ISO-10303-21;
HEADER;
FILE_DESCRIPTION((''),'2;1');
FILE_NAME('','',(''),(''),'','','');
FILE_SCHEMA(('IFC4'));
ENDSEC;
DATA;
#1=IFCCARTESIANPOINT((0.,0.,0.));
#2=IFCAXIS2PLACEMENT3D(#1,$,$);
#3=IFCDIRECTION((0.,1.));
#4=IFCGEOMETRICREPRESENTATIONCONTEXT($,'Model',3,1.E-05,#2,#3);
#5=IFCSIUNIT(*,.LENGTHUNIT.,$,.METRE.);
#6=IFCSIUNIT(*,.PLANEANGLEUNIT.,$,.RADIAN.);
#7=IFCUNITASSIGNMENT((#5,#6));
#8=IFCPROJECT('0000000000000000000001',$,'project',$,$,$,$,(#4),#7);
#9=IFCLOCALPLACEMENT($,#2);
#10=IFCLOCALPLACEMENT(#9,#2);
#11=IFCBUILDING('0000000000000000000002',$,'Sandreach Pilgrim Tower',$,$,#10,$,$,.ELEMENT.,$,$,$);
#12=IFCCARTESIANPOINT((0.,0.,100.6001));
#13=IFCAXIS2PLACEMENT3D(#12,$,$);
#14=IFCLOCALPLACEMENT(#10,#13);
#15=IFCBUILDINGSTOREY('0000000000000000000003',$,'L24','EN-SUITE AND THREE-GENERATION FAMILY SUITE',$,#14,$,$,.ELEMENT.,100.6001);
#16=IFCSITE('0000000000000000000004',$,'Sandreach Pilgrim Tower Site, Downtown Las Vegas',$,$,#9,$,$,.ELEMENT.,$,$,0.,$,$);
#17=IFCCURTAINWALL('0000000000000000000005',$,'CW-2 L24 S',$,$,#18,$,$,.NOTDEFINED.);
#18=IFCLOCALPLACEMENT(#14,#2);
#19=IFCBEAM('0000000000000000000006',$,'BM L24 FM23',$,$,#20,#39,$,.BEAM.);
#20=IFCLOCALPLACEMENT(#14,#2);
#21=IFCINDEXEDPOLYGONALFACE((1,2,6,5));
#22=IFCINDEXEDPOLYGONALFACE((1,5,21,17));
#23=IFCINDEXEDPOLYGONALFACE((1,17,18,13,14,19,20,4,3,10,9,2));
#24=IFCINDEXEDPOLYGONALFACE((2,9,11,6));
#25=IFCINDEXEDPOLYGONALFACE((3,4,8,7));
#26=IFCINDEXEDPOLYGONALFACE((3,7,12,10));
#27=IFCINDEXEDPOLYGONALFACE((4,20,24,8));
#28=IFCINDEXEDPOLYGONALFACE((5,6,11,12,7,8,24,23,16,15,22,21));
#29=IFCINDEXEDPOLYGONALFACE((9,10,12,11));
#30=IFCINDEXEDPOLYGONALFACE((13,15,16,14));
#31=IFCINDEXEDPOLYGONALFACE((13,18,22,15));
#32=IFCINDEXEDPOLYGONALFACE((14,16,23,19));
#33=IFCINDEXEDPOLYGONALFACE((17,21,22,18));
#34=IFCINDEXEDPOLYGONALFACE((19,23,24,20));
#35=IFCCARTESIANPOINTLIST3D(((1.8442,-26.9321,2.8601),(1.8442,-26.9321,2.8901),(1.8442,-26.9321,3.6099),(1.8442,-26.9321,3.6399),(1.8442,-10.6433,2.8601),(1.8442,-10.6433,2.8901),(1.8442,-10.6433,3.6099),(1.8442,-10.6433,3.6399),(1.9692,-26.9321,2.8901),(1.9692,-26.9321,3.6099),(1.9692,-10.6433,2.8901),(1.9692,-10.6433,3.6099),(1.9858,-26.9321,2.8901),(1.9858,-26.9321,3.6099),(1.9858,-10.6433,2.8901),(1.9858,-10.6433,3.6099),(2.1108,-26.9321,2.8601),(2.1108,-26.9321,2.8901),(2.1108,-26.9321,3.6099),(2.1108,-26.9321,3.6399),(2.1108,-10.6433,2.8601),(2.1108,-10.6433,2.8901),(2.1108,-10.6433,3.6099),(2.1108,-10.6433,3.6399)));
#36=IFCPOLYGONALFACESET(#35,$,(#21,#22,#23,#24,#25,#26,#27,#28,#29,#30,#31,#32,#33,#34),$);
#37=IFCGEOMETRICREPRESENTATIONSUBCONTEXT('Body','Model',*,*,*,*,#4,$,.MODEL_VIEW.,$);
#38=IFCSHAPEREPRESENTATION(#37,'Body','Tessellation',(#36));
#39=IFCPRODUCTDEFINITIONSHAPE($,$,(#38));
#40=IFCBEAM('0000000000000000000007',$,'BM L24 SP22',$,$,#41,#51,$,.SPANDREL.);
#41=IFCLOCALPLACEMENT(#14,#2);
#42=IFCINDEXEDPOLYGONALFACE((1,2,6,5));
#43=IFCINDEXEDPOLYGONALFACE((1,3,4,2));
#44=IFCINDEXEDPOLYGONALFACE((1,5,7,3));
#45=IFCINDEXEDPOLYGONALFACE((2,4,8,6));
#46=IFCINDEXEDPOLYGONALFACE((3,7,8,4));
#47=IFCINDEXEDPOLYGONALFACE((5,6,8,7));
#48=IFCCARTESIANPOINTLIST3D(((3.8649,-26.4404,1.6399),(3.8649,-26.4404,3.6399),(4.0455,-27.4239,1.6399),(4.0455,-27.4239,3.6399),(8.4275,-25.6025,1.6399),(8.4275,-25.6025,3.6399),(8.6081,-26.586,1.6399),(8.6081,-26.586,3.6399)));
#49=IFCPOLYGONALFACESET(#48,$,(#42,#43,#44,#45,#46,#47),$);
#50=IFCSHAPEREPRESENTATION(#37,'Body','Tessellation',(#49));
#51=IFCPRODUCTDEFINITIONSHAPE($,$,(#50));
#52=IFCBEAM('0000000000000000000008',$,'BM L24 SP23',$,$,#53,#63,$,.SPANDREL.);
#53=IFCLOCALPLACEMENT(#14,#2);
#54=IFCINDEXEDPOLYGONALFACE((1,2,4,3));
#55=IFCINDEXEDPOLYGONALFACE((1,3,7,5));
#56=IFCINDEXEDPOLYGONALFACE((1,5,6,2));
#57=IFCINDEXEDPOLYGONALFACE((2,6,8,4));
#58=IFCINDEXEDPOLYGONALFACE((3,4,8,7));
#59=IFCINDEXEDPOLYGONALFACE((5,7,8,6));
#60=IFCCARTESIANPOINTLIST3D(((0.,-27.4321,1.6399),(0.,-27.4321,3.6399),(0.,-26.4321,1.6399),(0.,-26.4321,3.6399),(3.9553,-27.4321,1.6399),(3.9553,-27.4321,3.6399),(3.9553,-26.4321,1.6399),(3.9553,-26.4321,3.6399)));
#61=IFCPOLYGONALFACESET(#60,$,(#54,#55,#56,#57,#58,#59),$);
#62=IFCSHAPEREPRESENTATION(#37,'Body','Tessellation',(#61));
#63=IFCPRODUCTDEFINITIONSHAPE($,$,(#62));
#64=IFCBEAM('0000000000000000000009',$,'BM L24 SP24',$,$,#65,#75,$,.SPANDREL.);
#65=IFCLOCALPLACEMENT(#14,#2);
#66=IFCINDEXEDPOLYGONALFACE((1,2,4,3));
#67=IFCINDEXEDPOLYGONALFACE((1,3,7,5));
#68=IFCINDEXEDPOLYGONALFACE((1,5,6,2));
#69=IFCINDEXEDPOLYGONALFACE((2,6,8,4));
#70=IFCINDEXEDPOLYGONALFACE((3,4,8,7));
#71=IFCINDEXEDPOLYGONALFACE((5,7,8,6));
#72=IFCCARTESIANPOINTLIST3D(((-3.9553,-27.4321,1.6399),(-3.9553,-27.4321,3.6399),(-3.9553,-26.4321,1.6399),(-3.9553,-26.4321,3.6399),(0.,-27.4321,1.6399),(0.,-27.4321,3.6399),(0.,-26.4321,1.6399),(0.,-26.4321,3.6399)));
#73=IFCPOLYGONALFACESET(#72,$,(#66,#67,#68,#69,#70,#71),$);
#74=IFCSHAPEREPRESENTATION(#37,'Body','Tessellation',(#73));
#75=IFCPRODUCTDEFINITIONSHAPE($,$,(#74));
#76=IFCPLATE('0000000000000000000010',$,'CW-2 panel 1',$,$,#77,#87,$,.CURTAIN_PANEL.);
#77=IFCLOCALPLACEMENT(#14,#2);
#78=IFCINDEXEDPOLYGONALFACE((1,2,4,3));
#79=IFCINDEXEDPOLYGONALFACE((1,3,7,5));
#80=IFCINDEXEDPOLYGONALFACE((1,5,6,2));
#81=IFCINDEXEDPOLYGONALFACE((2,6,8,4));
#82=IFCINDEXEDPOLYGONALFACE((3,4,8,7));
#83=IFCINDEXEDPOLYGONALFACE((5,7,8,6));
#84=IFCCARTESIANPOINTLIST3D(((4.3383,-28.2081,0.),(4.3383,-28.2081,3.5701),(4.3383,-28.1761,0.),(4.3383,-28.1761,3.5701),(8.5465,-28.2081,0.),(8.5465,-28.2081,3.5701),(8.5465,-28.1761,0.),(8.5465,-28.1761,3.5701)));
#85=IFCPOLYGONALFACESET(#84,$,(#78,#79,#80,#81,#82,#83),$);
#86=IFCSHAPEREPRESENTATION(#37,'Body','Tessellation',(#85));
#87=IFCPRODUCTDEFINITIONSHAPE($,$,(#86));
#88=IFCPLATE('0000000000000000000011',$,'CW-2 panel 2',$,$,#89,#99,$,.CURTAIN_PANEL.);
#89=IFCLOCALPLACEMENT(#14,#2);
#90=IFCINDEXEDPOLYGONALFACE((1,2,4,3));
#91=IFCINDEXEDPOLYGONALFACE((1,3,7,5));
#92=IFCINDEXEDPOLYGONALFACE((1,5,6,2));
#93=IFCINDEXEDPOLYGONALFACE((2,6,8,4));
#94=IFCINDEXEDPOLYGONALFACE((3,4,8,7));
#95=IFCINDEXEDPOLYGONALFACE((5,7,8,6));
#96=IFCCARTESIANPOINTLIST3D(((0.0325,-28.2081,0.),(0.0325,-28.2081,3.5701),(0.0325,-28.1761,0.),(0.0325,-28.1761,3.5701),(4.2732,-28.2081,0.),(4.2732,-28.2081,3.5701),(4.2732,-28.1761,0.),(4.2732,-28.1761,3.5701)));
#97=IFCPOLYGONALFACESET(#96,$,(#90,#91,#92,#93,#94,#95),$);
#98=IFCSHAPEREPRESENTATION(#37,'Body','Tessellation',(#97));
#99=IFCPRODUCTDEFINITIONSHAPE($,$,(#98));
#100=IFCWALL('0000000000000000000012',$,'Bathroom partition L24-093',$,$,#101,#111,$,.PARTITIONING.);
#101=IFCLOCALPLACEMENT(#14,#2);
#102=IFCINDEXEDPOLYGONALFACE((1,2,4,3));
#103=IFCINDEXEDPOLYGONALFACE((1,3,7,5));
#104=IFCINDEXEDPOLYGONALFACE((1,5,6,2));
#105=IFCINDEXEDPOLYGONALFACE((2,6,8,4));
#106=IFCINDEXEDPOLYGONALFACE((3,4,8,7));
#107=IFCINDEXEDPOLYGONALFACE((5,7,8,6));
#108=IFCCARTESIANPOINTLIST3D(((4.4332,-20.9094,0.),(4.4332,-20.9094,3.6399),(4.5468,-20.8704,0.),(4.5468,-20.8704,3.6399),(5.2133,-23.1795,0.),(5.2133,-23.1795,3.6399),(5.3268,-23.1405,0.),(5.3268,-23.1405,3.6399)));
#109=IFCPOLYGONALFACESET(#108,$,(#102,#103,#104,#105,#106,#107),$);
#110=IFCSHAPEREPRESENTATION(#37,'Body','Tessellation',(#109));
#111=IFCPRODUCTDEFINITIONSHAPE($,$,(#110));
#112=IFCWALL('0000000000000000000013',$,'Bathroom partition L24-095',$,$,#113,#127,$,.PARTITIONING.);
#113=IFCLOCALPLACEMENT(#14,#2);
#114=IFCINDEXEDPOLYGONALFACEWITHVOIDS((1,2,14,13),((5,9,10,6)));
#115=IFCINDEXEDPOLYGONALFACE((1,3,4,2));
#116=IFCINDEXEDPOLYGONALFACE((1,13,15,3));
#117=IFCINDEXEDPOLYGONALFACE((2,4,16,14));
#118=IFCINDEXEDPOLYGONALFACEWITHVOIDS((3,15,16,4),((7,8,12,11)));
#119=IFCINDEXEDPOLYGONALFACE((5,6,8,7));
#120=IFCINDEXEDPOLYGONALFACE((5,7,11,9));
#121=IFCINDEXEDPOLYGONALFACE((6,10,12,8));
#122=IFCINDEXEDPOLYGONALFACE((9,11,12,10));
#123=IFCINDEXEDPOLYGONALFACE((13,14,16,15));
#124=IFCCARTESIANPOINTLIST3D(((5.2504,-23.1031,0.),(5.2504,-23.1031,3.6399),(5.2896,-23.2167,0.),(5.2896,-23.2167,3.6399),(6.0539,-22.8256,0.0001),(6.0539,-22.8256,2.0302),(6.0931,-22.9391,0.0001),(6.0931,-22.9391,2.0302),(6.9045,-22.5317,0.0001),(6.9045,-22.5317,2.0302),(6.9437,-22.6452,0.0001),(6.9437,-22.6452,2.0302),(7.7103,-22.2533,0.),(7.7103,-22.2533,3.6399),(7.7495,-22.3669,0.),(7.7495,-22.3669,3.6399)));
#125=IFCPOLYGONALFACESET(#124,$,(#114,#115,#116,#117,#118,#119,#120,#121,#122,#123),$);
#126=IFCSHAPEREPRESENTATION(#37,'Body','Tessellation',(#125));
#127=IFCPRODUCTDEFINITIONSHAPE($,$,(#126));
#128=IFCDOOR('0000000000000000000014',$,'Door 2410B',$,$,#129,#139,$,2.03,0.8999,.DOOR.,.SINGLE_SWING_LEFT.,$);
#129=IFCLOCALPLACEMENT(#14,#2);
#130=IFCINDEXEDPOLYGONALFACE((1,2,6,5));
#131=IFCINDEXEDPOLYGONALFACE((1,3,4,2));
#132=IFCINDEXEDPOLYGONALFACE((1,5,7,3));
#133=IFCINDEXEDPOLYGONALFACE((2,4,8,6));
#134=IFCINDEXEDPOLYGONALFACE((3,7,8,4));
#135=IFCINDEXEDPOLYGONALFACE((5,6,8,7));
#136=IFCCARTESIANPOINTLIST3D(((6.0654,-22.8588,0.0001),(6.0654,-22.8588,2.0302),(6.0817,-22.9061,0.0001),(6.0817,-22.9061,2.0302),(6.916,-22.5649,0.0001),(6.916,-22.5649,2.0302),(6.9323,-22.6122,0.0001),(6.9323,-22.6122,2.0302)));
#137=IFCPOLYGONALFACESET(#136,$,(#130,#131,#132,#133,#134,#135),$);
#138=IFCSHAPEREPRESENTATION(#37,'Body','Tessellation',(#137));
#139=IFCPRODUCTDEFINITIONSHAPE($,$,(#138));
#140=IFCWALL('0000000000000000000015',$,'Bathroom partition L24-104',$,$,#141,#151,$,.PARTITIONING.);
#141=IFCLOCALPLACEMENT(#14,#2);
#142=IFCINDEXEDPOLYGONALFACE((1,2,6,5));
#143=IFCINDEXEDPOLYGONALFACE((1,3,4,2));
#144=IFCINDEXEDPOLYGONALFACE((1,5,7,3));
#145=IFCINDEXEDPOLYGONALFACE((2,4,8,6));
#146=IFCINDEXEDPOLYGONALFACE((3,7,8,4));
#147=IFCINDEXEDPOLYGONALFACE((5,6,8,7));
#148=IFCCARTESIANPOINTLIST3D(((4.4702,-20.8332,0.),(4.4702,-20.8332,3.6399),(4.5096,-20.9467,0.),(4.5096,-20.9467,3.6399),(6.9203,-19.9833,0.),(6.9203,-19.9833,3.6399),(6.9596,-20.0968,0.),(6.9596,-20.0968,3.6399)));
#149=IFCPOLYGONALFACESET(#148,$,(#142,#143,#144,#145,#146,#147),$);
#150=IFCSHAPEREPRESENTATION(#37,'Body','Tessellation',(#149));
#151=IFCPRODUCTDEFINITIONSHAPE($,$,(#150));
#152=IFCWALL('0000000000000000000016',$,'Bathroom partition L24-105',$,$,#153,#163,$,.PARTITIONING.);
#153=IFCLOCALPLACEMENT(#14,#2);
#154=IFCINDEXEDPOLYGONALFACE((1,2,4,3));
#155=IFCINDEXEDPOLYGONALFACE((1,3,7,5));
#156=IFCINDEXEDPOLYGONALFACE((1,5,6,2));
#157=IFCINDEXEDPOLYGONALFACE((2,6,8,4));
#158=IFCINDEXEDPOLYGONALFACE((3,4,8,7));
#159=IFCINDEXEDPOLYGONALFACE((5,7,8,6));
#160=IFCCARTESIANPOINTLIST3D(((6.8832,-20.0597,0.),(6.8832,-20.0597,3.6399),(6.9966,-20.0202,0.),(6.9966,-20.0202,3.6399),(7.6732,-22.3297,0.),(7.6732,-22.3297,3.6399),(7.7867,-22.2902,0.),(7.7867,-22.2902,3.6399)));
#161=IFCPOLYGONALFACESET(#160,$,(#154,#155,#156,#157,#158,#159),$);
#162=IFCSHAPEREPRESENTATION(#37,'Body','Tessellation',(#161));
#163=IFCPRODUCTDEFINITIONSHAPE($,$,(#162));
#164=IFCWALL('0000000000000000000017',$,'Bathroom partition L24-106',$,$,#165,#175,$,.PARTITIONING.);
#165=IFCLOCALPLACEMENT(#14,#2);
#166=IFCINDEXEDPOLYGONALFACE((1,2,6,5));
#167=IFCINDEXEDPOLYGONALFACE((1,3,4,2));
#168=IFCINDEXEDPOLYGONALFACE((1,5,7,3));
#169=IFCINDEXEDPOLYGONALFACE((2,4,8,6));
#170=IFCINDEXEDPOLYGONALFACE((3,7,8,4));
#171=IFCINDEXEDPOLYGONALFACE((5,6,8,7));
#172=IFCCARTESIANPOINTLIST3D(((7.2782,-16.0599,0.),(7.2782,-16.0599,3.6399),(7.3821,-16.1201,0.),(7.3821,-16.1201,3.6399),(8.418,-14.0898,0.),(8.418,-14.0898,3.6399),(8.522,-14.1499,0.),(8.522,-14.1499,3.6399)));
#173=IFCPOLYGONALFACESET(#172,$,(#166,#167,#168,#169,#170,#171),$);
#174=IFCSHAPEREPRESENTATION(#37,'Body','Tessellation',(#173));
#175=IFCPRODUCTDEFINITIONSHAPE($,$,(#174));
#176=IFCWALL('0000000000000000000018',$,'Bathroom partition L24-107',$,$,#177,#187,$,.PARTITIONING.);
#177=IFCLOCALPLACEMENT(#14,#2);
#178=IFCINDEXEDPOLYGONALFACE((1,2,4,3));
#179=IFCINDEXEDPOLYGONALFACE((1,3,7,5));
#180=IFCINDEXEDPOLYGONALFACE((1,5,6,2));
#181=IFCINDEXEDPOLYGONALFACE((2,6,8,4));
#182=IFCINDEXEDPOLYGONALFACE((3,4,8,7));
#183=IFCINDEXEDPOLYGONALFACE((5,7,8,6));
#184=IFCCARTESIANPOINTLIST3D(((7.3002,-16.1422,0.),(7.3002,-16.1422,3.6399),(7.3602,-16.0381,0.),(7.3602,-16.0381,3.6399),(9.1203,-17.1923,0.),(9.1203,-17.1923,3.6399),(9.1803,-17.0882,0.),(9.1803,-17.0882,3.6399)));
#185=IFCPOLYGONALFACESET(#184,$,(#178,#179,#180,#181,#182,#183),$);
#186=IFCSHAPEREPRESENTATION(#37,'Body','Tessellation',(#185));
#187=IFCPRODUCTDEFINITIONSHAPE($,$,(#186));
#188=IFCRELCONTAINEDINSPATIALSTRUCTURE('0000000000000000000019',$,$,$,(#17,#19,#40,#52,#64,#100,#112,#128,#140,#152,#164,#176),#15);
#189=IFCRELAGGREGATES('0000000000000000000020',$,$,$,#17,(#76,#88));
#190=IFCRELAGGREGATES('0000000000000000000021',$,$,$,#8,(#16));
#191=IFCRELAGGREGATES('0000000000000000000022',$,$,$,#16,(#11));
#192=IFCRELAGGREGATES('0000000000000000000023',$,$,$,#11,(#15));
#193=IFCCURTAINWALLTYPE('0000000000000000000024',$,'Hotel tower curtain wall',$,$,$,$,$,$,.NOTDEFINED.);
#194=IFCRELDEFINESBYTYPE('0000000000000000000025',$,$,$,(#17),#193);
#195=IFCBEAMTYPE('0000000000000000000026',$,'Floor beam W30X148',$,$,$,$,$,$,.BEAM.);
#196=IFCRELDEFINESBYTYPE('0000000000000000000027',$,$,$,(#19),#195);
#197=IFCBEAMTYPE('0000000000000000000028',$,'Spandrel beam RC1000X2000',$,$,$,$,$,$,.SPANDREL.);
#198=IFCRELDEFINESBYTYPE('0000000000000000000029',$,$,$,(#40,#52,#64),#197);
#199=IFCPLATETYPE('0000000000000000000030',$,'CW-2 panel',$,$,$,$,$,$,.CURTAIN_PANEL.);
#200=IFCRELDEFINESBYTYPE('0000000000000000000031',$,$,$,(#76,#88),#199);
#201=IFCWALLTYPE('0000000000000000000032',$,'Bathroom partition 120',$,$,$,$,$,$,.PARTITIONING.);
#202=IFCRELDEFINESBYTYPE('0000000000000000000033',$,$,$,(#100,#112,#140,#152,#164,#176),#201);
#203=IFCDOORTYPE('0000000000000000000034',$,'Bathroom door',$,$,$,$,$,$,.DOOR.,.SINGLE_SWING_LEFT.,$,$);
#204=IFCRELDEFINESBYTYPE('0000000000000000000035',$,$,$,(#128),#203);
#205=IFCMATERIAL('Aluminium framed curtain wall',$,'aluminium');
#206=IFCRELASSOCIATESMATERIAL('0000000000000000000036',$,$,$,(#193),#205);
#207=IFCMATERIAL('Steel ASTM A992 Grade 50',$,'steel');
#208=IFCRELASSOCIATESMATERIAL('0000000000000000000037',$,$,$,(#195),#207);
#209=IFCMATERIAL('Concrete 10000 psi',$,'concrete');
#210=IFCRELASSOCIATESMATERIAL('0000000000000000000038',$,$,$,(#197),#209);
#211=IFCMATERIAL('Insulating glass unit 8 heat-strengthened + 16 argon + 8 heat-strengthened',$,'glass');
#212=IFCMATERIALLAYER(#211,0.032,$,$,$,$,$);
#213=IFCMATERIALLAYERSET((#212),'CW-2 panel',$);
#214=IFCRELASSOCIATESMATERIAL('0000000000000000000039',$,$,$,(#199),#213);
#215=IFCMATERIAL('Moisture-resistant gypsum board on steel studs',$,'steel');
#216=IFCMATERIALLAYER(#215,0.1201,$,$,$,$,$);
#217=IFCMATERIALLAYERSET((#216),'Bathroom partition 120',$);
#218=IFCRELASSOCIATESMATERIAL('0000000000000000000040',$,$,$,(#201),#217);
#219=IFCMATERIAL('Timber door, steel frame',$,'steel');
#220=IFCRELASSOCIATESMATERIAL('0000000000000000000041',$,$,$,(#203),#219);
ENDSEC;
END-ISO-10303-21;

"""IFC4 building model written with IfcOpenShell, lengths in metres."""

from ifc_helpers import new_model, si_unit, direction, frame, frame_2d, origin, origin_2d, place, context, subcontext, project, spatial, rectangle, i_section, extrude, material, layer, layer_set, material_profile, profile_set, type_object, element, fill, aggregate, save


model = new_model("IFC4")

# Units and contexts
model_context = context("Model", 3, precision=1e-05, world=origin(), true_north=direction((0.0, 1.0)))
body_context = subcontext(model_context, "Body", "Model", "MODEL_VIEW")
ifc_project = project(units=[si_unit("LENGTHUNIT", "METRE"), si_unit("PLANEANGLEUNIT", "RADIAN")], contexts=[model_context])

# Site, building, storey
site_placement = place(None, origin())
site = spatial("IfcSite", under=ifc_project, at=site_placement, Name="Sandreach Pilgrim Tower Site, Downtown Las Vegas", CompositionType="ELEMENT", RefElevation=0.0)
building_placement = place(site_placement, origin())
building = spatial("IfcBuilding", under=site, at=building_placement, Name="Sandreach Pilgrim Tower", CompositionType="ELEMENT")
storey_placement = place(building_placement, frame((0.0, 0.0, 100.6001)))
storey = spatial("IfcBuildingStorey", under=building, at=storey_placement, Name="L24", Description="EN-SUITE AND THREE-GENERATION FAMILY SUITE", CompositionType="ELEMENT", Elevation=100.6001)

# Curtain wall
ifc_material_1 = material(Name="Aluminium framed curtain wall", Category="aluminium")
curtain_wall_type = type_object("IfcCurtainWallType", Name="Hotel tower curtain wall", PredefinedType="NOTDEFINED", material=ifc_material_1)
curtain_wall_placement = place(storey_placement, origin())
curtain_wall = element("IfcCurtainWall", 1, at=curtain_wall_placement, inside=storey, type_object=curtain_wall_type, Name="CW-2 L24 S", PredefinedType="NOTDEFINED")

# Beams
ifc_material_2 = material(Name="Steel ASTM A992 Grade 50", Category="steel")
ifc_material_profile_1 = material_profile(ifc_material_2, i_section(OverallWidth=0.2666, OverallDepth=0.7798, WebThickness=0.0166, FlangeThickness=0.03, at=origin_2d()), Name="W30X148")
ifc_profile_set_1 = profile_set([ifc_material_profile_1], Name="Steel ASTM A992 Grade 50")
beam_type_1 = type_object("IfcBeamType", Name="Floor beam W30X148", PredefinedType="BEAM", material=ifc_profile_set_1)
beam_1_placement = place(storey_placement, frame((1.9775, -26.9321, 3.25), z_axis=(0.0, 1.0, 0.0), x_axis=(-1.0, 0.0, 0.0)))
element("IfcBeam", 2, at=beam_1_placement, inside=storey, type_object=beam_type_1, Name="BM L24 FM23", PredefinedType="BEAM", context=body_context, shape_type="SweptSolid", body=[
    extrude(i_section(OverallWidth=0.2666, OverallDepth=0.7798, WebThickness=0.0166, FlangeThickness=0.03, at=origin_2d()), origin(), (0.0, 0.0, 1.0), 16.2888),
])
ifc_material_3 = material(Name="Concrete 10000 psi", Category="concrete")
ifc_material_profile_2 = material_profile(ifc_material_3, rectangle(XDim=1.0, YDim=2.0, at=origin_2d()), Name="RC1000X2000")
ifc_profile_set_2 = profile_set([ifc_material_profile_2], Name="Concrete 10000 psi")
beam_type_2 = type_object("IfcBeamType", Name="Spandrel beam RC1000X2000", PredefinedType="SPANDREL", material=ifc_profile_set_2)
beam_2_placement = place(storey_placement, frame((8.5178, -26.0942, 2.6399), z_axis=(-0.983552, -0.180627, 0.0), x_axis=(0.180627, -0.983552, 0.0)))
element("IfcBeam", 3, at=beam_2_placement, inside=storey, type_object=beam_type_2, Name="BM L24 SP22", PredefinedType="SPANDREL", context=body_context, shape_type="SweptSolid", body=[
    extrude(rectangle(XDim=1.0, YDim=2.0, at=origin_2d()), origin(), (0.0, 0.0, 1.0), 4.6389),
])
for number, where, z_axis, x_axis, name in (
    (4, (3.9553, -26.9321, 2.6399), (-1.0, 0.0, 0.0), (0.0, -1.0, 0.0), "BM L24 SP23"),
    (5, (0.0, -26.9321, 2.6399), (-1.0, 0.0, 0.0), (0.0, -1.0, 0.0), "BM L24 SP24"),
):
    element("IfcBeam", number, at=place(storey_placement, frame(where, z_axis=z_axis, x_axis=x_axis)), inside=storey, type_object=beam_type_2, Name=name, PredefinedType="SPANDREL", context=body_context, shape_type="SweptSolid", body=[
        extrude(rectangle(XDim=1.0, YDim=2.0, at=origin_2d()), origin(), (0.0, 0.0, 1.0), 3.9553),
    ])

# Plates
ifc_material_4 = material(Name="Insulating glass unit 8 heat-strengthened + 16 argon + 8 heat-strengthened", Category="glass")
ifc_layer_1 = layer(ifc_material_4, 0.032)
ifc_layer_set_1 = layer_set([ifc_layer_1], Name="CW-2 panel")
plate_type = type_object("IfcPlateType", Name="CW-2 panel", PredefinedType="CURTAIN_PANEL", material=ifc_layer_set_1)
plate_1_placement = place(storey_placement, frame((6.4424, -28.1921, 0.0), z_axis=(0.0, 0.0, 1.0), x_axis=(-1.0, 0.0, 0.0)))
plate_1 = element("IfcPlate", 6, at=plate_1_placement, type_object=plate_type, Name="CW-2 panel 1", PredefinedType="CURTAIN_PANEL", context=body_context, shape_type="SweptSolid", body=[
    extrude(rectangle(XDim=4.2083, YDim=0.032, at=origin_2d()), origin(), (0.0, 0.0, 1.0), 3.5701),
])
plate_2_placement = place(storey_placement, frame((2.1528, -28.1921, 0.0), z_axis=(0.0, 0.0, 1.0), x_axis=(-1.0, 0.0, 0.0)))
plate_2 = element("IfcPlate", 7, at=plate_2_placement, type_object=plate_type, Name="CW-2 panel 2", PredefinedType="CURTAIN_PANEL", context=body_context, shape_type="SweptSolid", body=[
    extrude(rectangle(XDim=4.2407, YDim=0.032, at=origin_2d()), origin(), (0.0, 0.0, 1.0), 3.5701),
])
aggregate(curtain_wall, [plate_1, plate_2])

# Wall
ifc_material_5 = material(Name="Moisture-resistant gypsum board on steel studs", Category="steel")
ifc_layer_2 = layer(ifc_material_5, 0.1201)
ifc_layer_set_2 = layer_set([ifc_layer_2], Name="Bathroom partition 120")
wall_type_1 = type_object("IfcWallType", Name="Bathroom partition 120", PredefinedType="PARTITIONING", material=ifc_layer_set_2)
wall_1_placement = place(storey_placement, frame((4.49, -20.8899, 0.0), z_axis=(0.0, 0.0, 1.0), x_axis=(0.324972, -0.945724, 0.0)))
element("IfcWall", 8, at=wall_1_placement, inside=storey, type_object=wall_type_1, Name="Bathroom partition L24-093", PredefinedType="PARTITIONING", context=body_context, shape_type="SweptSolid", body=[
    extrude(rectangle(XDim=2.4004, YDim=0.1201, at=frame_2d((1.2002, 0.0))), origin(), (0.0, 0.0, 1.0), 3.6399),
])

# Wall, opening, door
wall_2_placement = place(storey_placement, frame((5.27, -23.1599, 0.0), z_axis=(0.0, 0.0, 1.0), x_axis=(0.945184, 0.326537, 0.0)))
wall_2 = element("IfcWall", 9, at=wall_2_placement, inside=storey, type_object=wall_type_1, Name="Bathroom partition L24-095", PredefinedType="PARTITIONING", context=body_context, shape_type="SweptSolid", body=[
    extrude(rectangle(XDim=2.6025, YDim=0.1201, at=frame_2d((1.3013, 0.0))), origin(), (0.0, 0.0, 1.0), 3.6399),
])
opening_1_placement = place(wall_2_placement, frame((0.8501, 0.0, 0.0)))
opening_1 = element("IfcOpeningElement", 10, at=opening_1_placement, cuts=wall_2, PredefinedType="OPENING", context=body_context, shape_type="SweptSolid", body=[
    extrude(rectangle(XDim=0.8999, YDim=2.03, at=frame_2d((0.45, 1.0151))), frame((0.0, 0.0601, 0.0), z_axis=(0.0, -1.0, 0.0), x_axis=(1.0, 0.0, 0.0)), (0.0, 0.0, 1.0), 0.1201),
])
ifc_material_6 = material(Name="Timber door, steel frame", Category="steel")
door_type_1 = type_object("IfcDoorType", Name="Bathroom door", OperationType="SINGLE_SWING_LEFT", PredefinedType="DOOR", material=ifc_material_6)
door_1_placement = place(opening_1_placement, origin())
door_1 = element("IfcDoor", 11, at=door_1_placement, inside=storey, type_object=door_type_1, Name="Door 2410B", OperationType="SINGLE_SWING_LEFT", OverallHeight=2.03, OverallWidth=0.8999, PredefinedType="DOOR", context=body_context, shape_type="SweptSolid", body=[
    extrude(rectangle(XDim=0.8999, YDim=2.03, at=frame_2d((0.45, 1.0151))), frame((0.0, 0.0249, 0.0), z_axis=(0.0, -1.0, 0.0), x_axis=(1.0, 0.0, 0.0)), (0.0, 0.0, 1.0), 0.05),
])
fill(opening_1, door_1)

# Walls
wall_3_placement = place(storey_placement, frame((6.9399, -20.04, 0.0), z_axis=(0.0, 0.0, 1.0), x_axis=(-0.944772, -0.327728, 0.0)))
element("IfcWall", 12, at=wall_3_placement, inside=storey, type_object=wall_type_1, Name="Bathroom partition L24-104", PredefinedType="PARTITIONING", context=body_context, shape_type="SweptSolid", body=[
    extrude(rectangle(XDim=2.5933, YDim=0.1201, at=frame_2d((1.2966, 0.0))), origin(), (0.0, 0.0, 1.0), 3.6399),
])
wall_4_placement = place(storey_placement, frame((6.9399, -20.04, 0.0), z_axis=(0.0, 0.0, 1.0), x_axis=(0.328694, -0.944436, 0.0)))
element("IfcWall", 13, at=wall_4_placement, inside=storey, type_object=wall_type_1, Name="Bathroom partition L24-105", PredefinedType="PARTITIONING", context=body_context, shape_type="SweptSolid", body=[
    extrude(rectangle(XDim=2.4036, YDim=0.1201, at=frame_2d((1.2017, 0.0))), origin(), (0.0, 0.0, 1.0), 3.6399),
])
wall_5_placement = place(storey_placement, frame((7.3301, -16.0901, 0.0), z_axis=(0.0, 0.0, 1.0), x_axis=(0.500787, 0.865571, 0.0)))
element("IfcWall", 14, at=wall_5_placement, inside=storey, type_object=wall_type_1, Name="Bathroom partition L24-106", PredefinedType="PARTITIONING", context=body_context, shape_type="SweptSolid", body=[
    extrude(rectangle(XDim=2.2761, YDim=0.1201, at=frame_2d((1.1382, 0.0))), origin(), (0.0, 0.0, 1.0), 3.6399),
])
wall_6_placement = place(storey_placement, frame((7.3301, -16.0901, 0.0), z_axis=(0.0, 0.0, 1.0), x_axis=(0.866184, -0.499726, 0.0)))
element("IfcWall", 15, at=wall_6_placement, inside=storey, type_object=wall_type_1, Name="Bathroom partition L24-107", PredefinedType="PARTITIONING", context=body_context, shape_type="SweptSolid", body=[
    extrude(rectangle(XDim=2.1013, YDim=0.1201, at=frame_2d((1.0508, 0.0))), origin(), (0.0, 0.0, 1.0), 3.6399),
])

save(model, "model.ifc")
